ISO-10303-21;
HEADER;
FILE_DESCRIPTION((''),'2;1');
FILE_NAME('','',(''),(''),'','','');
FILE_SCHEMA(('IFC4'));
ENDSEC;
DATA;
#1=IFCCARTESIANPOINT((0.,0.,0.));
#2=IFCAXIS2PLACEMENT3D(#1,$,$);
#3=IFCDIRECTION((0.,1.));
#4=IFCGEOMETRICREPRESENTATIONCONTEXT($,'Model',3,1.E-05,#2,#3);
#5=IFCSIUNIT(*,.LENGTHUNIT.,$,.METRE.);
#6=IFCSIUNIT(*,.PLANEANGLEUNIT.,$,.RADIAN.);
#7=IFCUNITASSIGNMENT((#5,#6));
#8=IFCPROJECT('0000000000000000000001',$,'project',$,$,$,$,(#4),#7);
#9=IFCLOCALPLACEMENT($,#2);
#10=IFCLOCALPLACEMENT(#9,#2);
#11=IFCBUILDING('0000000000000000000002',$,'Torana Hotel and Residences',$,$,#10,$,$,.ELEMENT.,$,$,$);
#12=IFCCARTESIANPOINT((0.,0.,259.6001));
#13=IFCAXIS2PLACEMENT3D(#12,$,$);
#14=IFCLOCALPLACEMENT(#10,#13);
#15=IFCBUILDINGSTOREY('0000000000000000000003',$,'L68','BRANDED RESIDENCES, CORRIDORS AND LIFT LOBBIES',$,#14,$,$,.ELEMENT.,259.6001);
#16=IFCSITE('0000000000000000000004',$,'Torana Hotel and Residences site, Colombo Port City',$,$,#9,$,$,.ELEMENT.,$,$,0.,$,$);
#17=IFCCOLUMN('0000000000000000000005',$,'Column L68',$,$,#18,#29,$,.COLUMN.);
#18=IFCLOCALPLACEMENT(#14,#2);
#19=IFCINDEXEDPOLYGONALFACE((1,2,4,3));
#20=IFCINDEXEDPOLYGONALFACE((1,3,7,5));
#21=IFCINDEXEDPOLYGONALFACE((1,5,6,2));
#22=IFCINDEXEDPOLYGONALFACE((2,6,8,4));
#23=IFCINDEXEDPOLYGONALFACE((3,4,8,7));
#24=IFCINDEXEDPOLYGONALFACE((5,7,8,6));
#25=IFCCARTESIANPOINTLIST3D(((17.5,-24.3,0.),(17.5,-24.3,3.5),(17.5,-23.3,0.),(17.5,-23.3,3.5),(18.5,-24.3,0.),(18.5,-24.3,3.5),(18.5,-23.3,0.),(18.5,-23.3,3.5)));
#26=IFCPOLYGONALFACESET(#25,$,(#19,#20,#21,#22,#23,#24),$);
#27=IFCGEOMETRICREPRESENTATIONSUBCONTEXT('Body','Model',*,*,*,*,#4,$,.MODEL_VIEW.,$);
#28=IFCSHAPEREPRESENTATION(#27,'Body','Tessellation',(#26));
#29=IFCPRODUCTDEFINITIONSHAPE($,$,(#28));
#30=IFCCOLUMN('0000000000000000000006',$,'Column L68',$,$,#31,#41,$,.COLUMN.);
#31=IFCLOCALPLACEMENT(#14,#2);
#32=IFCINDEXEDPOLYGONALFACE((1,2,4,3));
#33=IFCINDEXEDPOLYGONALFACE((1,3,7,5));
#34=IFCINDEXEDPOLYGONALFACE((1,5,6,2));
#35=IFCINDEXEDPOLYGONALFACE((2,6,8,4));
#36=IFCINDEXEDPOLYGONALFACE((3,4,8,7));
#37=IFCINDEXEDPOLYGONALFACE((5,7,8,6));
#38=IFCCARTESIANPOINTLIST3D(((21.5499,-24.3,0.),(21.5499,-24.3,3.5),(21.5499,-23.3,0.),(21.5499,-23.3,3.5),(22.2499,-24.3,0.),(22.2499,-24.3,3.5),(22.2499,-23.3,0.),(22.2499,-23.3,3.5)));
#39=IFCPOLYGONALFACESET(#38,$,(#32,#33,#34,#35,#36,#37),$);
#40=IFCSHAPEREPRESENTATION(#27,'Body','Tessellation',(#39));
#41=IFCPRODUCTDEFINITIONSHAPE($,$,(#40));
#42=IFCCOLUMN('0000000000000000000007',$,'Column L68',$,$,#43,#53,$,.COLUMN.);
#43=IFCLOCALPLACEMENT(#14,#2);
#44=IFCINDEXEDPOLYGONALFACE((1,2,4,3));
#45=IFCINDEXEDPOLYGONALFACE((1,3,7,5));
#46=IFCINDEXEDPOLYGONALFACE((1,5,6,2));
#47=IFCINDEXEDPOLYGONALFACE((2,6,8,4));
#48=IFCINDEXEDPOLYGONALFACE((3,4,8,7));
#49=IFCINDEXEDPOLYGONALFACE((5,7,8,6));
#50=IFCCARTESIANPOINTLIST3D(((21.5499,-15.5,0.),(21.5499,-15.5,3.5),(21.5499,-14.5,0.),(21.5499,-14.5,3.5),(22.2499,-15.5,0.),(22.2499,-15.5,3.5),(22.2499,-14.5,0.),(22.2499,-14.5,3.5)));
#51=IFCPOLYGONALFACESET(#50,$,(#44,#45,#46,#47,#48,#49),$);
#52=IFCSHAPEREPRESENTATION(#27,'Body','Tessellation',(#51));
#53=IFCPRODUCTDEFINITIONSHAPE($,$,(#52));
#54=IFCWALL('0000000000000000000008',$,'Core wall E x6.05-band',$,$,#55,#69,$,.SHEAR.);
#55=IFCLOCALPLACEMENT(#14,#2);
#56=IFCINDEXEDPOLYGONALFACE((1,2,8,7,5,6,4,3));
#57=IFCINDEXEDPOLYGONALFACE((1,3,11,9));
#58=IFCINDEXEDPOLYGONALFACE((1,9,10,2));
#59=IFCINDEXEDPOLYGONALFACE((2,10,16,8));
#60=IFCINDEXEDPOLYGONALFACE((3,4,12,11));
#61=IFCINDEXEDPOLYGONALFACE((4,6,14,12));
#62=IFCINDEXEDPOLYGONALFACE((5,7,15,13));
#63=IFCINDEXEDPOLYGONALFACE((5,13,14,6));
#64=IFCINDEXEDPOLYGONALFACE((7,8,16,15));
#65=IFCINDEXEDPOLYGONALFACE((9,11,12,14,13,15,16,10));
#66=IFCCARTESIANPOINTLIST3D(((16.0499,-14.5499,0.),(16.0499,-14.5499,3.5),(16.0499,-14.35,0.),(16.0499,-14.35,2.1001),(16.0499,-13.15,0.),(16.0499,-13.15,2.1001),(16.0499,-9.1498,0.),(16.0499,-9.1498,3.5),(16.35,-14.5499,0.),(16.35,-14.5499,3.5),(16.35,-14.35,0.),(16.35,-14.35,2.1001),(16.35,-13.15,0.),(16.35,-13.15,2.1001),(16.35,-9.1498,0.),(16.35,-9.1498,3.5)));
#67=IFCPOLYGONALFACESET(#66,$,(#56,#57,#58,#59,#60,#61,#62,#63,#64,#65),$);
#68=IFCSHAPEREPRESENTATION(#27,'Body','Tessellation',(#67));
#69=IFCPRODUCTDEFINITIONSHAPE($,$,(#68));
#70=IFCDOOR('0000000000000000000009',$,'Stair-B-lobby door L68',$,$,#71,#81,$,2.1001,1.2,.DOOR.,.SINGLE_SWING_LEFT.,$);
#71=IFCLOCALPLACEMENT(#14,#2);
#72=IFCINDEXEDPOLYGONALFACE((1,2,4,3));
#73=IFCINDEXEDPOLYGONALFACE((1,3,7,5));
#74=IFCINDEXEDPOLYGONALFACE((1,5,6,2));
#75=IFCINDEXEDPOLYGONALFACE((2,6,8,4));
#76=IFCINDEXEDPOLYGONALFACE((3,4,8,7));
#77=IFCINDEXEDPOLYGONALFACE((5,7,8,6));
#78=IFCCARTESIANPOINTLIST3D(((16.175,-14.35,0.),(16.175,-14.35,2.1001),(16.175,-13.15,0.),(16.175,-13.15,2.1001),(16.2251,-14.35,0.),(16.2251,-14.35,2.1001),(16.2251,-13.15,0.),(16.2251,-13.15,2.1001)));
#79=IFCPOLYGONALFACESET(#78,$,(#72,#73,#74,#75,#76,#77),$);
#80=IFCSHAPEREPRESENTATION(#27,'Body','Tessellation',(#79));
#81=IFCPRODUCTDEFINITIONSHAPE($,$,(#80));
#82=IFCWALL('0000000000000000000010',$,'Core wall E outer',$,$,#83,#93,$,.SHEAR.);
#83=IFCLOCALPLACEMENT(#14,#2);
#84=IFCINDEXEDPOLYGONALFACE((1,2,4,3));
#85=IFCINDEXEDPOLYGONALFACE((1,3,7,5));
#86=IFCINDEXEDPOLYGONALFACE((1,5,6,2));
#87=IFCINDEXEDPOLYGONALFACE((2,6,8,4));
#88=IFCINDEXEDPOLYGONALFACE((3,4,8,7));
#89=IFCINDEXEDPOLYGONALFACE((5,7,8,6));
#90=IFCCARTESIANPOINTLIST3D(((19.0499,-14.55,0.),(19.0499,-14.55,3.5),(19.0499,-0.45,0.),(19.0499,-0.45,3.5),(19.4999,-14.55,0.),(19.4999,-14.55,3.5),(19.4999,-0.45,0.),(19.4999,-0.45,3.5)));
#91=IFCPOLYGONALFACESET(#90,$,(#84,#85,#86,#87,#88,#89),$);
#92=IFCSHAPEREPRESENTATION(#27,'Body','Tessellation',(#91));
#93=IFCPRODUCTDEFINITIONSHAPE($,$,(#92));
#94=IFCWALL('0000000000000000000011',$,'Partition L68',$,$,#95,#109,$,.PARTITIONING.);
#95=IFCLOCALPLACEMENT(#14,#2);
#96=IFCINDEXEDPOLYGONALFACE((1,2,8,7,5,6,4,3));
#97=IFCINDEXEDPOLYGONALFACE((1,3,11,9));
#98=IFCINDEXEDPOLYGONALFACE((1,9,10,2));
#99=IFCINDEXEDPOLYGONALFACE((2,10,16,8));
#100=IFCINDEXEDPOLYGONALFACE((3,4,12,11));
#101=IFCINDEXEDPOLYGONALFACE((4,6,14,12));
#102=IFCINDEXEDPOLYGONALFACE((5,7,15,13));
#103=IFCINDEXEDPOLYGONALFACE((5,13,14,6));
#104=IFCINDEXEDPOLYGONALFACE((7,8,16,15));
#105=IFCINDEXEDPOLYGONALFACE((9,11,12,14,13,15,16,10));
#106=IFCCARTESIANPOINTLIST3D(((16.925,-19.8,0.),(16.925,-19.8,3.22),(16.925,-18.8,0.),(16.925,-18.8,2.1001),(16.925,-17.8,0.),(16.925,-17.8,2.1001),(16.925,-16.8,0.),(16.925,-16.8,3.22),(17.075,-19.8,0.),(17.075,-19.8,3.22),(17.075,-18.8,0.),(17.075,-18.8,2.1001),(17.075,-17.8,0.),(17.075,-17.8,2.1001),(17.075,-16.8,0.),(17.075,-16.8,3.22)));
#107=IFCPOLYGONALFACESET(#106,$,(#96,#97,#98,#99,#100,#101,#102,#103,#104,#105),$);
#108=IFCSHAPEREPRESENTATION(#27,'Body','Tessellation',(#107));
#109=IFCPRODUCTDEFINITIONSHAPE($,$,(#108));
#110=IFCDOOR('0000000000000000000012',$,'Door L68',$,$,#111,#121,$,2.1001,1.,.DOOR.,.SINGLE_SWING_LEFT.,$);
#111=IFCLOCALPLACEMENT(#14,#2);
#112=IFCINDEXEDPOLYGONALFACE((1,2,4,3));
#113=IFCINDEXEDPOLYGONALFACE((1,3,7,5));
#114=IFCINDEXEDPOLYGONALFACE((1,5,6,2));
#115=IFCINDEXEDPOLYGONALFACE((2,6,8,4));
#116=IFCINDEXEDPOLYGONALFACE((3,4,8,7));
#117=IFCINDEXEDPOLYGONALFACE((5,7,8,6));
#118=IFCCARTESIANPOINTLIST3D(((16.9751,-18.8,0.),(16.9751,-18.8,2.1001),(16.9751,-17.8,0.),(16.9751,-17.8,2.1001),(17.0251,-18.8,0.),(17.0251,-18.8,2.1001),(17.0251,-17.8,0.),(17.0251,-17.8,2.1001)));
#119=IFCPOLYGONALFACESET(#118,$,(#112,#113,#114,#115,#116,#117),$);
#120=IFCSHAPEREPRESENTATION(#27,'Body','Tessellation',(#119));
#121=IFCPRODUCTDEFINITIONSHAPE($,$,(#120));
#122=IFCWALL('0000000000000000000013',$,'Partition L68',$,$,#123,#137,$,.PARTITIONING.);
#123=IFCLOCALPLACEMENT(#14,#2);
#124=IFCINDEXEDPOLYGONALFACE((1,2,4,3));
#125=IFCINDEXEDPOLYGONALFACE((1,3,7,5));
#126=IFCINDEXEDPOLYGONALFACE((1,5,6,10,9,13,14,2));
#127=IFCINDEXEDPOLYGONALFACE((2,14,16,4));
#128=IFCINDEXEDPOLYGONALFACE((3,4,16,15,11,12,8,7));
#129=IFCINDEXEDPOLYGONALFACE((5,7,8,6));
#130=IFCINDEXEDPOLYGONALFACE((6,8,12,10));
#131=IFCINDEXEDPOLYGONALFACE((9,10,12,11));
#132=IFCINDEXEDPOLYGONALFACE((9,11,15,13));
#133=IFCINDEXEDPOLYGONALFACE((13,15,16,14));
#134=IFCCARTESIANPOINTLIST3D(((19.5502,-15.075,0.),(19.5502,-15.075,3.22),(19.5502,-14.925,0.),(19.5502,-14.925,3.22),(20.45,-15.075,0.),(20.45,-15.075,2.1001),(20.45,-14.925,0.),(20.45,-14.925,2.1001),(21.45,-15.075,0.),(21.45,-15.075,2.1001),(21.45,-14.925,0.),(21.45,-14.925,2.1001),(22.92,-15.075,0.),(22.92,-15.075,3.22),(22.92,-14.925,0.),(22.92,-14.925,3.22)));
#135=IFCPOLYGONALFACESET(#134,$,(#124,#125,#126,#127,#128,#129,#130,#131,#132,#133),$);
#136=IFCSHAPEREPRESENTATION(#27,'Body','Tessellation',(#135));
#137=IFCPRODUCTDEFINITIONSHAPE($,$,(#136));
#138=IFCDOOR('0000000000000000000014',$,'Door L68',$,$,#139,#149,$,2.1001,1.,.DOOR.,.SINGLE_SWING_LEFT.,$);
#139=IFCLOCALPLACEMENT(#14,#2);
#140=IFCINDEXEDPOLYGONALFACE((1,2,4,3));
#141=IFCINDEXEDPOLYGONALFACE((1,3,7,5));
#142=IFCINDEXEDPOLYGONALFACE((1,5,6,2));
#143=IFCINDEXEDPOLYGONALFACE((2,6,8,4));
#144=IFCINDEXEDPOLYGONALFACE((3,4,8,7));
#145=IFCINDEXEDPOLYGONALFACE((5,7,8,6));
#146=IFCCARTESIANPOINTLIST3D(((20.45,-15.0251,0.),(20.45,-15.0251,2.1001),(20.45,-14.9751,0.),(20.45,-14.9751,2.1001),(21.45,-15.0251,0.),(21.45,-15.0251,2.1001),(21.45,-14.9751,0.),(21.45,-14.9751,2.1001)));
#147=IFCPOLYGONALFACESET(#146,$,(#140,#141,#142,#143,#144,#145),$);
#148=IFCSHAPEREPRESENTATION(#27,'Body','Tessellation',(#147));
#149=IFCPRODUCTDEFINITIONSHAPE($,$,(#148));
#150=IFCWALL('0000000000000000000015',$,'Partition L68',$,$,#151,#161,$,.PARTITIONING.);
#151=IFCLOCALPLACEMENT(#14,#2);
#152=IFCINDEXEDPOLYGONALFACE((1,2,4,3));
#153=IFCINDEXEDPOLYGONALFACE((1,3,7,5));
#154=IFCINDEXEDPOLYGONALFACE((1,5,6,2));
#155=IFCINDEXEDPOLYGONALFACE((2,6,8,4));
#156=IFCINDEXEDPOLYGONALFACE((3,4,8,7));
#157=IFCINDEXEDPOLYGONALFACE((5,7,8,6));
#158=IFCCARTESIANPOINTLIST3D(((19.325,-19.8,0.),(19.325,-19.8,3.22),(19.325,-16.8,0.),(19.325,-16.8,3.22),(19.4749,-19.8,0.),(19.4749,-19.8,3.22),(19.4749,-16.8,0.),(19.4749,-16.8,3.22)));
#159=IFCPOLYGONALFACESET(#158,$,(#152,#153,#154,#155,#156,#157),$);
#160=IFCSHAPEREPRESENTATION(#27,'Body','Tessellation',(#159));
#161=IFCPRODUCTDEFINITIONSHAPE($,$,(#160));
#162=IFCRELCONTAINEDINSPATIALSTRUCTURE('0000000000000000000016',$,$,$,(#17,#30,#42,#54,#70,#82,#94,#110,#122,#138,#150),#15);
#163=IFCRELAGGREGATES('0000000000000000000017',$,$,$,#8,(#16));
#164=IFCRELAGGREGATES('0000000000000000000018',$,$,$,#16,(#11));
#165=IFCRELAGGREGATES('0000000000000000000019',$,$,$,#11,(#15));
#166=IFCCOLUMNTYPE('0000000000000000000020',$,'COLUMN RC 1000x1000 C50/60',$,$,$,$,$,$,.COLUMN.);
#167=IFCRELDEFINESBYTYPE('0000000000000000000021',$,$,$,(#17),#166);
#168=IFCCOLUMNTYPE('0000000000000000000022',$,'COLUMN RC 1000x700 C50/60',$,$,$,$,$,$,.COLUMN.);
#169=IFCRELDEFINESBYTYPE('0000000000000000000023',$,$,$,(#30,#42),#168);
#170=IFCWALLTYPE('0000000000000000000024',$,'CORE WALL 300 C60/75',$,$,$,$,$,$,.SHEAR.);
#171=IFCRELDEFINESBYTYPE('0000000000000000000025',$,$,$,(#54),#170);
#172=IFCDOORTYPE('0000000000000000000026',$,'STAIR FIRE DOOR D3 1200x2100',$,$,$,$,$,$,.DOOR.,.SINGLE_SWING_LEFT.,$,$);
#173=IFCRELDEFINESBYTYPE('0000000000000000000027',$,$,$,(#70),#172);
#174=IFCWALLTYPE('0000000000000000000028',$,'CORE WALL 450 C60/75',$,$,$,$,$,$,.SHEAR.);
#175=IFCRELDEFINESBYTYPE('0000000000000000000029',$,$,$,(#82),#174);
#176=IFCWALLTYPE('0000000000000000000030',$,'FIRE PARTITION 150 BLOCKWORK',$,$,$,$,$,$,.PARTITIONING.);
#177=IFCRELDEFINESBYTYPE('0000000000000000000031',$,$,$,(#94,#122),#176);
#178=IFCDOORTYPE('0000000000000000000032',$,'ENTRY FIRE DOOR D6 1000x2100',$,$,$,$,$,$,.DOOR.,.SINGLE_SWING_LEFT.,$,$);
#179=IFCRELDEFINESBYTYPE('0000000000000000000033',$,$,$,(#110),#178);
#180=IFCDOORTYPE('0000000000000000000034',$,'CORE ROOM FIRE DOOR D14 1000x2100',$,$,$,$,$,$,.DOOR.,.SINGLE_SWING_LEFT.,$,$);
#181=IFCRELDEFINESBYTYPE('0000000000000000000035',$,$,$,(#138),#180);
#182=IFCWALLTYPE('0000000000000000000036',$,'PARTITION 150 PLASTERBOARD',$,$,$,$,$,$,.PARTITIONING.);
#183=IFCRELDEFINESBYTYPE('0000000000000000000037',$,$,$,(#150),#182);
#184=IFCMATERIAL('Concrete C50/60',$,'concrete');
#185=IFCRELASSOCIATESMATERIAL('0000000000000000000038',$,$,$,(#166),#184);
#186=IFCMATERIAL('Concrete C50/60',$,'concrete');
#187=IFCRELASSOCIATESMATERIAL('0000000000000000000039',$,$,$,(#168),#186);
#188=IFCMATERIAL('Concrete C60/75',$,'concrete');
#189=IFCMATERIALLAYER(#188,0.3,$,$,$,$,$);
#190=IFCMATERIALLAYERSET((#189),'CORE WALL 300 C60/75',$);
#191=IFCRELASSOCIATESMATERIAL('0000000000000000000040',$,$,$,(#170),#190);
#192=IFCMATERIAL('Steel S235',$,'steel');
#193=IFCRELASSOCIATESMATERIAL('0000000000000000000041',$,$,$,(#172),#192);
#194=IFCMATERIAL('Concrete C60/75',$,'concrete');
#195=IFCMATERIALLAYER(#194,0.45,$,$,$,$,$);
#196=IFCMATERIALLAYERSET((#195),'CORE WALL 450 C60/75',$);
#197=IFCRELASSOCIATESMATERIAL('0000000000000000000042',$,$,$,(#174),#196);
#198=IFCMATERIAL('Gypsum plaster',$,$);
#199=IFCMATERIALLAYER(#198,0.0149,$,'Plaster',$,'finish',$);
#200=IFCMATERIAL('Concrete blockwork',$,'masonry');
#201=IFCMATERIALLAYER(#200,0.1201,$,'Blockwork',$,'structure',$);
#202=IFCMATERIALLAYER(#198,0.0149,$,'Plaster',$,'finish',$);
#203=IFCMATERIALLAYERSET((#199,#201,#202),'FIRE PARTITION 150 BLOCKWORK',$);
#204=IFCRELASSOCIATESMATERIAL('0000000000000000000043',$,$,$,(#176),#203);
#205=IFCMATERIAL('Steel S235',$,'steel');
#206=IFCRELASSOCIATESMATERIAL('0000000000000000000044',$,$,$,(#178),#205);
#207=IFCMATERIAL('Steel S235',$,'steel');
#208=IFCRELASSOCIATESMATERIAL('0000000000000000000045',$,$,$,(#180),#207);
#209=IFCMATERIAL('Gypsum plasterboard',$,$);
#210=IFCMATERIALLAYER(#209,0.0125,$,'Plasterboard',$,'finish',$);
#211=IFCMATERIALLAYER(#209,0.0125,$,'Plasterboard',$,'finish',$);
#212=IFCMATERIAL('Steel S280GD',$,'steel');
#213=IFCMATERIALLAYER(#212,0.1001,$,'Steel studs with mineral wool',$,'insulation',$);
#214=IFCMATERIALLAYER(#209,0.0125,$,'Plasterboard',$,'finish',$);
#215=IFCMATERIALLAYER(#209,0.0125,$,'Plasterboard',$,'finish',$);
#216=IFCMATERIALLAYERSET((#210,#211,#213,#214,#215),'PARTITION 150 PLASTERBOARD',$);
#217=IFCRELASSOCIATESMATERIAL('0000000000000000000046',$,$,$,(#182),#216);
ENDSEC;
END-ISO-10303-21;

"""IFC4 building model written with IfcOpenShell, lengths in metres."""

from ifc_helpers import new_model, si_unit, direction, frame, frame_2d, origin, origin_2d, place, context, subcontext, project, spatial, rectangle, extrude, material, layer, layer_set, material_profile, profile_set, type_object, element, fill, save


model = new_model("IFC4")

# Units and contexts
model_context = context("Model", 3, precision=1e-05, world=origin(), true_north=direction((0.0, 1.0)))
body_context = subcontext(model_context, "Body", "Model", "MODEL_VIEW")
ifc_project = project(units=[si_unit("LENGTHUNIT", "METRE"), si_unit("PLANEANGLEUNIT", "RADIAN")], contexts=[model_context])

# Site, building, storey
site_placement = place(None, origin())
site = spatial("IfcSite", under=ifc_project, at=site_placement, Name="Torana Hotel and Residences site, Colombo Port City", CompositionType="ELEMENT", RefElevation=0.0)
building_placement = place(site_placement, origin())
building = spatial("IfcBuilding", under=site, at=building_placement, Name="Torana Hotel and Residences", CompositionType="ELEMENT")
storey_placement = place(building_placement, frame((0.0, 0.0, 259.6001)))
storey = spatial("IfcBuildingStorey", under=building, at=storey_placement, Name="L68", Description="BRANDED RESIDENCES, CORRIDORS AND LIFT LOBBIES", CompositionType="ELEMENT", Elevation=259.6001)

# Columns
ifc_material_1 = material(Name="Concrete C50/60", Category="concrete")
ifc_material_profile_1 = material_profile(ifc_material_1, rectangle(XDim=1.0, YDim=1.0, at=origin_2d()), Name="RC 1000x1000")
ifc_profile_set_1 = profile_set([ifc_material_profile_1], Name="Concrete C50/60")
column_type_1 = type_object("IfcColumnType", Name="COLUMN RC 1000x1000 C50/60", PredefinedType="COLUMN", material=ifc_profile_set_1)
column_placement = place(storey_placement, frame((18.0, -23.8, 0.0), z_axis=(0.0, 0.0, 1.0), x_axis=(1.0, 0.0, 0.0)))
element("IfcColumn", 1, at=column_placement, inside=storey, type_object=column_type_1, Name="Column L68", PredefinedType="COLUMN", context=body_context, shape_type="SweptSolid", body=[
    extrude(rectangle(XDim=1.0, YDim=1.0, at=origin_2d()), origin(), (0.0, 0.0, 1.0), 3.5),
])
ifc_material_2 = material(Name="Concrete C50/60", Category="concrete")
ifc_material_profile_2 = material_profile(ifc_material_2, rectangle(XDim=1.0, YDim=0.7, at=origin_2d()), Name="RC 1000x700")
ifc_profile_set_2 = profile_set([ifc_material_profile_2], Name="Concrete C50/60")
column_type_2 = type_object("IfcColumnType", Name="COLUMN RC 1000x700 C50/60", PredefinedType="COLUMN", material=ifc_profile_set_2)
for number, where, z_axis, x_axis, name in (
    (2, (21.8999, -23.8, 0.0), (0.0, 0.0, 1.0), (0.0, 1.0, 0.0), "Column L68"),
    (3, (21.8999, -15.0, 0.0), (0.0, 0.0, 1.0), (0.0, 1.0, 0.0), "Column L68"),
):
    element("IfcColumn", number, at=place(storey_placement, frame(where, z_axis=z_axis, x_axis=x_axis)), inside=storey, type_object=column_type_2, Name=name, PredefinedType="COLUMN", context=body_context, shape_type="SweptSolid", body=[
        extrude(rectangle(XDim=1.0, YDim=0.7, at=origin_2d()), origin(), (0.0, 0.0, 1.0), 3.5),
    ])

# Wall, opening, door
ifc_material_3 = material(Name="Concrete C60/75", Category="concrete")
ifc_layer_1 = layer(ifc_material_3, 0.3)
ifc_layer_set_1 = layer_set([ifc_layer_1], Name="CORE WALL 300 C60/75")
wall_type_1 = type_object("IfcWallType", Name="CORE WALL 300 C60/75", PredefinedType="SHEAR", material=ifc_layer_set_1)
wall_1_placement = place(storey_placement, frame((16.2, -14.55, 0.0), z_axis=(0.0, 0.0, 1.0), x_axis=(0.0, 1.0, 0.0)))
wall_1 = element("IfcWall", 4, at=wall_1_placement, inside=storey, type_object=wall_type_1, Name="Core wall E x6.05-band", PredefinedType="SHEAR", context=body_context, shape_type="SweptSolid", body=[
    extrude(rectangle(XDim=5.4001, YDim=0.3, at=frame_2d((2.7002, 0.0))), origin(), (0.0, 0.0, 1.0), 3.5),
])
opening_1_placement = place(wall_1_placement, frame((0.2, 0.0, 0.0)))
opening_1 = element("IfcOpeningElement", 5, at=opening_1_placement, cuts=wall_1, PredefinedType="OPENING", context=body_context, shape_type="SweptSolid", body=[
    extrude(rectangle(XDim=1.2, YDim=2.1001, at=frame_2d((0.6001, 1.05))), frame((0.0, 0.1599, 0.0), z_axis=(0.0, -1.0, 0.0), x_axis=(1.0, 0.0, 0.0)), (0.0, 0.0, 1.0), 0.3201),
])
ifc_material_4 = material(Name="Steel S235", Category="steel")
door_type_1 = type_object("IfcDoorType", Name="STAIR FIRE DOOR D3 1200x2100", OperationType="SINGLE_SWING_LEFT", PredefinedType="DOOR", material=ifc_material_4)
door_1_placement = place(opening_1_placement, frame((0.6001, 0.0, 0.0), z_axis=(0.0, 0.0, 1.0), x_axis=(-1.0, 0.0, 0.0)))
door_1 = element("IfcDoor", 6, at=door_1_placement, inside=storey, type_object=door_type_1, Name="Stair-B-lobby door L68", OperationType="SINGLE_SWING_LEFT", OverallHeight=2.1001, OverallWidth=1.2, PredefinedType="DOOR", context=body_context, shape_type="SweptSolid", body=[
    extrude(rectangle(XDim=1.2, YDim=2.1001, at=frame_2d((0.0, 1.05))), frame((0.0, -0.0249, 0.0), z_axis=(0.0, 1.0, 0.0), x_axis=(-1.0, 0.0, 0.0)), (0.0, 0.0, 1.0), 0.05),
])
fill(opening_1, door_1)

# Wall
ifc_material_5 = material(Name="Concrete C60/75", Category="concrete")
ifc_layer_2 = layer(ifc_material_5, 0.45)
ifc_layer_set_2 = layer_set([ifc_layer_2], Name="CORE WALL 450 C60/75")
wall_type_2 = type_object("IfcWallType", Name="CORE WALL 450 C60/75", PredefinedType="SHEAR", material=ifc_layer_set_2)
wall_2_placement = place(storey_placement, frame((19.2749, -14.55, 0.0), z_axis=(0.0, 0.0, 1.0), x_axis=(0.0, 1.0, 0.0)))
element("IfcWall", 7, at=wall_2_placement, inside=storey, type_object=wall_type_2, Name="Core wall E outer", PredefinedType="SHEAR", context=body_context, shape_type="SweptSolid", body=[
    extrude(rectangle(XDim=14.1001, YDim=0.45, at=frame_2d((7.05, 0.0))), origin(), (0.0, 0.0, 1.0), 3.5),
])

# Walls, openings, doors
ifc_material_6 = material(Name="Gypsum plaster")
ifc_layer_3 = layer(ifc_material_6, 0.0149, Name="Plaster", Category="finish")
ifc_material_7 = material(Name="Concrete blockwork", Category="masonry")
ifc_layer_4 = layer(ifc_material_7, 0.1201, Name="Blockwork", Category="structure")
ifc_layer_5 = layer(ifc_material_6, 0.0149, Name="Plaster", Category="finish")
ifc_layer_set_3 = layer_set([ifc_layer_3, ifc_layer_4, ifc_layer_5], Name="FIRE PARTITION 150 BLOCKWORK")
wall_type_3 = type_object("IfcWallType", Name="FIRE PARTITION 150 BLOCKWORK", PredefinedType="PARTITIONING", material=ifc_layer_set_3)
wall_3_placement = place(storey_placement, frame((17.0, -19.8, 0.0), z_axis=(0.0, 0.0, 1.0), x_axis=(0.0, 1.0, 0.0)))
wall_3 = element("IfcWall", 8, at=wall_3_placement, inside=storey, type_object=wall_type_3, Name="Partition L68", PredefinedType="PARTITIONING", context=body_context, shape_type="SweptSolid", body=[
    extrude(rectangle(XDim=3.0, YDim=0.1499, at=frame_2d((1.5, 0.0))), origin(), (0.0, 0.0, 1.0), 3.22),
])
opening_2_placement = place(wall_3_placement, frame((1.0, 0.0, 0.0)))
opening_2 = element("IfcOpeningElement", 9, at=opening_2_placement, cuts=wall_3, PredefinedType="OPENING", context=body_context, shape_type="SweptSolid", body=[
    extrude(rectangle(XDim=1.0, YDim=2.1001, at=frame_2d((0.5, 1.05))), frame((0.0, 0.085, 0.0), z_axis=(0.0, -1.0, 0.0), x_axis=(1.0, 0.0, 0.0)), (0.0, 0.0, 1.0), 0.1699),
])
ifc_material_8 = material(Name="Steel S235", Category="steel")
door_type_2 = type_object("IfcDoorType", Name="ENTRY FIRE DOOR D6 1000x2100", OperationType="SINGLE_SWING_LEFT", PredefinedType="DOOR", material=ifc_material_8)
door_2_placement = place(opening_2_placement, frame((0.5, 0.0, 0.0), z_axis=(0.0, 0.0, 1.0), x_axis=(-1.0, 0.0, 0.0)))
door_2 = element("IfcDoor", 10, at=door_2_placement, inside=storey, type_object=door_type_2, Name="Door L68", OperationType="SINGLE_SWING_LEFT", OverallHeight=2.1001, OverallWidth=1.0, PredefinedType="DOOR", context=body_context, shape_type="SweptSolid", body=[
    extrude(rectangle(XDim=1.0, YDim=2.1001, at=frame_2d((0.0, 1.05))), frame((0.0, -0.0249, 0.0), z_axis=(0.0, 1.0, 0.0), x_axis=(-1.0, 0.0, 0.0)), (0.0, 0.0, 1.0), 0.05),
])
fill(opening_2, door_2)
wall_4_placement = place(storey_placement, frame((19.55, -15.0, 0.0), z_axis=(0.0, 0.0, 1.0), x_axis=(1.0, 0.0, 0.0)))
wall_4 = element("IfcWall", 11, at=wall_4_placement, inside=storey, type_object=wall_type_3, Name="Partition L68", PredefinedType="PARTITIONING", context=body_context, shape_type="SweptSolid", body=[
    extrude(rectangle(XDim=3.3699, YDim=0.1499, at=frame_2d((1.6851, 0.0))), origin(), (0.0, 0.0, 1.0), 3.22),
])
opening_3_placement = place(wall_4_placement, frame((0.8999, 0.0, 0.0)))
opening_3 = element("IfcOpeningElement", 12, at=opening_3_placement, cuts=wall_4, PredefinedType="OPENING", context=body_context, shape_type="SweptSolid", body=[
    extrude(rectangle(XDim=1.0, YDim=2.1001, at=frame_2d((0.5, 1.05))), frame((0.0, 0.085, 0.0), z_axis=(0.0, -1.0, 0.0), x_axis=(1.0, 0.0, 0.0)), (0.0, 0.0, 1.0), 0.1699),
])
ifc_material_9 = material(Name="Steel S235", Category="steel")
door_type_3 = type_object("IfcDoorType", Name="CORE ROOM FIRE DOOR D14 1000x2100", OperationType="SINGLE_SWING_LEFT", PredefinedType="DOOR", material=ifc_material_9)
door_3_placement = place(opening_3_placement, origin())
door_3 = element("IfcDoor", 13, at=door_3_placement, inside=storey, type_object=door_type_3, Name="Door L68", OperationType="SINGLE_SWING_LEFT", OverallHeight=2.1001, OverallWidth=1.0, PredefinedType="DOOR", context=body_context, shape_type="SweptSolid", body=[
    extrude(rectangle(XDim=1.0, YDim=2.1001, at=frame_2d((0.5, 1.05))), frame((0.0, 0.0249, 0.0), z_axis=(0.0, -1.0, 0.0), x_axis=(1.0, 0.0, 0.0)), (0.0, 0.0, 1.0), 0.05),
])
fill(opening_3, door_3)

# Wall
ifc_material_10 = material(Name="Gypsum plasterboard")
ifc_layer_6 = layer(ifc_material_10, 0.0125, Name="Plasterboard", Category="finish")
ifc_layer_7 = layer(ifc_material_10, 0.0125, Name="Plasterboard", Category="finish")
ifc_material_11 = material(Name="Steel S280GD", Category="steel")
ifc_layer_8 = layer(ifc_material_11, 0.1001, Name="Steel studs with mineral wool", Category="insulation")
ifc_layer_9 = layer(ifc_material_10, 0.0125, Name="Plasterboard", Category="finish")
ifc_layer_10 = layer(ifc_material_10, 0.0125, Name="Plasterboard", Category="finish")
ifc_layer_set_4 = layer_set([ifc_layer_6, ifc_layer_7, ifc_layer_8, ifc_layer_9, ifc_layer_10], Name="PARTITION 150 PLASTERBOARD")
wall_type_4 = type_object("IfcWallType", Name="PARTITION 150 PLASTERBOARD", PredefinedType="PARTITIONING", material=ifc_layer_set_4)
wall_5_placement = place(storey_placement, frame((19.3999, -19.8, 0.0), z_axis=(0.0, 0.0, 1.0), x_axis=(0.0, 1.0, 0.0)))
element("IfcWall", 14, at=wall_5_placement, inside=storey, type_object=wall_type_4, Name="Partition L68", PredefinedType="PARTITIONING", context=body_context, shape_type="SweptSolid", body=[
    extrude(rectangle(XDim=3.0, YDim=0.1499, at=frame_2d((1.5, 0.0))), origin(), (0.0, 0.0, 1.0), 3.22),
])

save(model, "model.ifc")
